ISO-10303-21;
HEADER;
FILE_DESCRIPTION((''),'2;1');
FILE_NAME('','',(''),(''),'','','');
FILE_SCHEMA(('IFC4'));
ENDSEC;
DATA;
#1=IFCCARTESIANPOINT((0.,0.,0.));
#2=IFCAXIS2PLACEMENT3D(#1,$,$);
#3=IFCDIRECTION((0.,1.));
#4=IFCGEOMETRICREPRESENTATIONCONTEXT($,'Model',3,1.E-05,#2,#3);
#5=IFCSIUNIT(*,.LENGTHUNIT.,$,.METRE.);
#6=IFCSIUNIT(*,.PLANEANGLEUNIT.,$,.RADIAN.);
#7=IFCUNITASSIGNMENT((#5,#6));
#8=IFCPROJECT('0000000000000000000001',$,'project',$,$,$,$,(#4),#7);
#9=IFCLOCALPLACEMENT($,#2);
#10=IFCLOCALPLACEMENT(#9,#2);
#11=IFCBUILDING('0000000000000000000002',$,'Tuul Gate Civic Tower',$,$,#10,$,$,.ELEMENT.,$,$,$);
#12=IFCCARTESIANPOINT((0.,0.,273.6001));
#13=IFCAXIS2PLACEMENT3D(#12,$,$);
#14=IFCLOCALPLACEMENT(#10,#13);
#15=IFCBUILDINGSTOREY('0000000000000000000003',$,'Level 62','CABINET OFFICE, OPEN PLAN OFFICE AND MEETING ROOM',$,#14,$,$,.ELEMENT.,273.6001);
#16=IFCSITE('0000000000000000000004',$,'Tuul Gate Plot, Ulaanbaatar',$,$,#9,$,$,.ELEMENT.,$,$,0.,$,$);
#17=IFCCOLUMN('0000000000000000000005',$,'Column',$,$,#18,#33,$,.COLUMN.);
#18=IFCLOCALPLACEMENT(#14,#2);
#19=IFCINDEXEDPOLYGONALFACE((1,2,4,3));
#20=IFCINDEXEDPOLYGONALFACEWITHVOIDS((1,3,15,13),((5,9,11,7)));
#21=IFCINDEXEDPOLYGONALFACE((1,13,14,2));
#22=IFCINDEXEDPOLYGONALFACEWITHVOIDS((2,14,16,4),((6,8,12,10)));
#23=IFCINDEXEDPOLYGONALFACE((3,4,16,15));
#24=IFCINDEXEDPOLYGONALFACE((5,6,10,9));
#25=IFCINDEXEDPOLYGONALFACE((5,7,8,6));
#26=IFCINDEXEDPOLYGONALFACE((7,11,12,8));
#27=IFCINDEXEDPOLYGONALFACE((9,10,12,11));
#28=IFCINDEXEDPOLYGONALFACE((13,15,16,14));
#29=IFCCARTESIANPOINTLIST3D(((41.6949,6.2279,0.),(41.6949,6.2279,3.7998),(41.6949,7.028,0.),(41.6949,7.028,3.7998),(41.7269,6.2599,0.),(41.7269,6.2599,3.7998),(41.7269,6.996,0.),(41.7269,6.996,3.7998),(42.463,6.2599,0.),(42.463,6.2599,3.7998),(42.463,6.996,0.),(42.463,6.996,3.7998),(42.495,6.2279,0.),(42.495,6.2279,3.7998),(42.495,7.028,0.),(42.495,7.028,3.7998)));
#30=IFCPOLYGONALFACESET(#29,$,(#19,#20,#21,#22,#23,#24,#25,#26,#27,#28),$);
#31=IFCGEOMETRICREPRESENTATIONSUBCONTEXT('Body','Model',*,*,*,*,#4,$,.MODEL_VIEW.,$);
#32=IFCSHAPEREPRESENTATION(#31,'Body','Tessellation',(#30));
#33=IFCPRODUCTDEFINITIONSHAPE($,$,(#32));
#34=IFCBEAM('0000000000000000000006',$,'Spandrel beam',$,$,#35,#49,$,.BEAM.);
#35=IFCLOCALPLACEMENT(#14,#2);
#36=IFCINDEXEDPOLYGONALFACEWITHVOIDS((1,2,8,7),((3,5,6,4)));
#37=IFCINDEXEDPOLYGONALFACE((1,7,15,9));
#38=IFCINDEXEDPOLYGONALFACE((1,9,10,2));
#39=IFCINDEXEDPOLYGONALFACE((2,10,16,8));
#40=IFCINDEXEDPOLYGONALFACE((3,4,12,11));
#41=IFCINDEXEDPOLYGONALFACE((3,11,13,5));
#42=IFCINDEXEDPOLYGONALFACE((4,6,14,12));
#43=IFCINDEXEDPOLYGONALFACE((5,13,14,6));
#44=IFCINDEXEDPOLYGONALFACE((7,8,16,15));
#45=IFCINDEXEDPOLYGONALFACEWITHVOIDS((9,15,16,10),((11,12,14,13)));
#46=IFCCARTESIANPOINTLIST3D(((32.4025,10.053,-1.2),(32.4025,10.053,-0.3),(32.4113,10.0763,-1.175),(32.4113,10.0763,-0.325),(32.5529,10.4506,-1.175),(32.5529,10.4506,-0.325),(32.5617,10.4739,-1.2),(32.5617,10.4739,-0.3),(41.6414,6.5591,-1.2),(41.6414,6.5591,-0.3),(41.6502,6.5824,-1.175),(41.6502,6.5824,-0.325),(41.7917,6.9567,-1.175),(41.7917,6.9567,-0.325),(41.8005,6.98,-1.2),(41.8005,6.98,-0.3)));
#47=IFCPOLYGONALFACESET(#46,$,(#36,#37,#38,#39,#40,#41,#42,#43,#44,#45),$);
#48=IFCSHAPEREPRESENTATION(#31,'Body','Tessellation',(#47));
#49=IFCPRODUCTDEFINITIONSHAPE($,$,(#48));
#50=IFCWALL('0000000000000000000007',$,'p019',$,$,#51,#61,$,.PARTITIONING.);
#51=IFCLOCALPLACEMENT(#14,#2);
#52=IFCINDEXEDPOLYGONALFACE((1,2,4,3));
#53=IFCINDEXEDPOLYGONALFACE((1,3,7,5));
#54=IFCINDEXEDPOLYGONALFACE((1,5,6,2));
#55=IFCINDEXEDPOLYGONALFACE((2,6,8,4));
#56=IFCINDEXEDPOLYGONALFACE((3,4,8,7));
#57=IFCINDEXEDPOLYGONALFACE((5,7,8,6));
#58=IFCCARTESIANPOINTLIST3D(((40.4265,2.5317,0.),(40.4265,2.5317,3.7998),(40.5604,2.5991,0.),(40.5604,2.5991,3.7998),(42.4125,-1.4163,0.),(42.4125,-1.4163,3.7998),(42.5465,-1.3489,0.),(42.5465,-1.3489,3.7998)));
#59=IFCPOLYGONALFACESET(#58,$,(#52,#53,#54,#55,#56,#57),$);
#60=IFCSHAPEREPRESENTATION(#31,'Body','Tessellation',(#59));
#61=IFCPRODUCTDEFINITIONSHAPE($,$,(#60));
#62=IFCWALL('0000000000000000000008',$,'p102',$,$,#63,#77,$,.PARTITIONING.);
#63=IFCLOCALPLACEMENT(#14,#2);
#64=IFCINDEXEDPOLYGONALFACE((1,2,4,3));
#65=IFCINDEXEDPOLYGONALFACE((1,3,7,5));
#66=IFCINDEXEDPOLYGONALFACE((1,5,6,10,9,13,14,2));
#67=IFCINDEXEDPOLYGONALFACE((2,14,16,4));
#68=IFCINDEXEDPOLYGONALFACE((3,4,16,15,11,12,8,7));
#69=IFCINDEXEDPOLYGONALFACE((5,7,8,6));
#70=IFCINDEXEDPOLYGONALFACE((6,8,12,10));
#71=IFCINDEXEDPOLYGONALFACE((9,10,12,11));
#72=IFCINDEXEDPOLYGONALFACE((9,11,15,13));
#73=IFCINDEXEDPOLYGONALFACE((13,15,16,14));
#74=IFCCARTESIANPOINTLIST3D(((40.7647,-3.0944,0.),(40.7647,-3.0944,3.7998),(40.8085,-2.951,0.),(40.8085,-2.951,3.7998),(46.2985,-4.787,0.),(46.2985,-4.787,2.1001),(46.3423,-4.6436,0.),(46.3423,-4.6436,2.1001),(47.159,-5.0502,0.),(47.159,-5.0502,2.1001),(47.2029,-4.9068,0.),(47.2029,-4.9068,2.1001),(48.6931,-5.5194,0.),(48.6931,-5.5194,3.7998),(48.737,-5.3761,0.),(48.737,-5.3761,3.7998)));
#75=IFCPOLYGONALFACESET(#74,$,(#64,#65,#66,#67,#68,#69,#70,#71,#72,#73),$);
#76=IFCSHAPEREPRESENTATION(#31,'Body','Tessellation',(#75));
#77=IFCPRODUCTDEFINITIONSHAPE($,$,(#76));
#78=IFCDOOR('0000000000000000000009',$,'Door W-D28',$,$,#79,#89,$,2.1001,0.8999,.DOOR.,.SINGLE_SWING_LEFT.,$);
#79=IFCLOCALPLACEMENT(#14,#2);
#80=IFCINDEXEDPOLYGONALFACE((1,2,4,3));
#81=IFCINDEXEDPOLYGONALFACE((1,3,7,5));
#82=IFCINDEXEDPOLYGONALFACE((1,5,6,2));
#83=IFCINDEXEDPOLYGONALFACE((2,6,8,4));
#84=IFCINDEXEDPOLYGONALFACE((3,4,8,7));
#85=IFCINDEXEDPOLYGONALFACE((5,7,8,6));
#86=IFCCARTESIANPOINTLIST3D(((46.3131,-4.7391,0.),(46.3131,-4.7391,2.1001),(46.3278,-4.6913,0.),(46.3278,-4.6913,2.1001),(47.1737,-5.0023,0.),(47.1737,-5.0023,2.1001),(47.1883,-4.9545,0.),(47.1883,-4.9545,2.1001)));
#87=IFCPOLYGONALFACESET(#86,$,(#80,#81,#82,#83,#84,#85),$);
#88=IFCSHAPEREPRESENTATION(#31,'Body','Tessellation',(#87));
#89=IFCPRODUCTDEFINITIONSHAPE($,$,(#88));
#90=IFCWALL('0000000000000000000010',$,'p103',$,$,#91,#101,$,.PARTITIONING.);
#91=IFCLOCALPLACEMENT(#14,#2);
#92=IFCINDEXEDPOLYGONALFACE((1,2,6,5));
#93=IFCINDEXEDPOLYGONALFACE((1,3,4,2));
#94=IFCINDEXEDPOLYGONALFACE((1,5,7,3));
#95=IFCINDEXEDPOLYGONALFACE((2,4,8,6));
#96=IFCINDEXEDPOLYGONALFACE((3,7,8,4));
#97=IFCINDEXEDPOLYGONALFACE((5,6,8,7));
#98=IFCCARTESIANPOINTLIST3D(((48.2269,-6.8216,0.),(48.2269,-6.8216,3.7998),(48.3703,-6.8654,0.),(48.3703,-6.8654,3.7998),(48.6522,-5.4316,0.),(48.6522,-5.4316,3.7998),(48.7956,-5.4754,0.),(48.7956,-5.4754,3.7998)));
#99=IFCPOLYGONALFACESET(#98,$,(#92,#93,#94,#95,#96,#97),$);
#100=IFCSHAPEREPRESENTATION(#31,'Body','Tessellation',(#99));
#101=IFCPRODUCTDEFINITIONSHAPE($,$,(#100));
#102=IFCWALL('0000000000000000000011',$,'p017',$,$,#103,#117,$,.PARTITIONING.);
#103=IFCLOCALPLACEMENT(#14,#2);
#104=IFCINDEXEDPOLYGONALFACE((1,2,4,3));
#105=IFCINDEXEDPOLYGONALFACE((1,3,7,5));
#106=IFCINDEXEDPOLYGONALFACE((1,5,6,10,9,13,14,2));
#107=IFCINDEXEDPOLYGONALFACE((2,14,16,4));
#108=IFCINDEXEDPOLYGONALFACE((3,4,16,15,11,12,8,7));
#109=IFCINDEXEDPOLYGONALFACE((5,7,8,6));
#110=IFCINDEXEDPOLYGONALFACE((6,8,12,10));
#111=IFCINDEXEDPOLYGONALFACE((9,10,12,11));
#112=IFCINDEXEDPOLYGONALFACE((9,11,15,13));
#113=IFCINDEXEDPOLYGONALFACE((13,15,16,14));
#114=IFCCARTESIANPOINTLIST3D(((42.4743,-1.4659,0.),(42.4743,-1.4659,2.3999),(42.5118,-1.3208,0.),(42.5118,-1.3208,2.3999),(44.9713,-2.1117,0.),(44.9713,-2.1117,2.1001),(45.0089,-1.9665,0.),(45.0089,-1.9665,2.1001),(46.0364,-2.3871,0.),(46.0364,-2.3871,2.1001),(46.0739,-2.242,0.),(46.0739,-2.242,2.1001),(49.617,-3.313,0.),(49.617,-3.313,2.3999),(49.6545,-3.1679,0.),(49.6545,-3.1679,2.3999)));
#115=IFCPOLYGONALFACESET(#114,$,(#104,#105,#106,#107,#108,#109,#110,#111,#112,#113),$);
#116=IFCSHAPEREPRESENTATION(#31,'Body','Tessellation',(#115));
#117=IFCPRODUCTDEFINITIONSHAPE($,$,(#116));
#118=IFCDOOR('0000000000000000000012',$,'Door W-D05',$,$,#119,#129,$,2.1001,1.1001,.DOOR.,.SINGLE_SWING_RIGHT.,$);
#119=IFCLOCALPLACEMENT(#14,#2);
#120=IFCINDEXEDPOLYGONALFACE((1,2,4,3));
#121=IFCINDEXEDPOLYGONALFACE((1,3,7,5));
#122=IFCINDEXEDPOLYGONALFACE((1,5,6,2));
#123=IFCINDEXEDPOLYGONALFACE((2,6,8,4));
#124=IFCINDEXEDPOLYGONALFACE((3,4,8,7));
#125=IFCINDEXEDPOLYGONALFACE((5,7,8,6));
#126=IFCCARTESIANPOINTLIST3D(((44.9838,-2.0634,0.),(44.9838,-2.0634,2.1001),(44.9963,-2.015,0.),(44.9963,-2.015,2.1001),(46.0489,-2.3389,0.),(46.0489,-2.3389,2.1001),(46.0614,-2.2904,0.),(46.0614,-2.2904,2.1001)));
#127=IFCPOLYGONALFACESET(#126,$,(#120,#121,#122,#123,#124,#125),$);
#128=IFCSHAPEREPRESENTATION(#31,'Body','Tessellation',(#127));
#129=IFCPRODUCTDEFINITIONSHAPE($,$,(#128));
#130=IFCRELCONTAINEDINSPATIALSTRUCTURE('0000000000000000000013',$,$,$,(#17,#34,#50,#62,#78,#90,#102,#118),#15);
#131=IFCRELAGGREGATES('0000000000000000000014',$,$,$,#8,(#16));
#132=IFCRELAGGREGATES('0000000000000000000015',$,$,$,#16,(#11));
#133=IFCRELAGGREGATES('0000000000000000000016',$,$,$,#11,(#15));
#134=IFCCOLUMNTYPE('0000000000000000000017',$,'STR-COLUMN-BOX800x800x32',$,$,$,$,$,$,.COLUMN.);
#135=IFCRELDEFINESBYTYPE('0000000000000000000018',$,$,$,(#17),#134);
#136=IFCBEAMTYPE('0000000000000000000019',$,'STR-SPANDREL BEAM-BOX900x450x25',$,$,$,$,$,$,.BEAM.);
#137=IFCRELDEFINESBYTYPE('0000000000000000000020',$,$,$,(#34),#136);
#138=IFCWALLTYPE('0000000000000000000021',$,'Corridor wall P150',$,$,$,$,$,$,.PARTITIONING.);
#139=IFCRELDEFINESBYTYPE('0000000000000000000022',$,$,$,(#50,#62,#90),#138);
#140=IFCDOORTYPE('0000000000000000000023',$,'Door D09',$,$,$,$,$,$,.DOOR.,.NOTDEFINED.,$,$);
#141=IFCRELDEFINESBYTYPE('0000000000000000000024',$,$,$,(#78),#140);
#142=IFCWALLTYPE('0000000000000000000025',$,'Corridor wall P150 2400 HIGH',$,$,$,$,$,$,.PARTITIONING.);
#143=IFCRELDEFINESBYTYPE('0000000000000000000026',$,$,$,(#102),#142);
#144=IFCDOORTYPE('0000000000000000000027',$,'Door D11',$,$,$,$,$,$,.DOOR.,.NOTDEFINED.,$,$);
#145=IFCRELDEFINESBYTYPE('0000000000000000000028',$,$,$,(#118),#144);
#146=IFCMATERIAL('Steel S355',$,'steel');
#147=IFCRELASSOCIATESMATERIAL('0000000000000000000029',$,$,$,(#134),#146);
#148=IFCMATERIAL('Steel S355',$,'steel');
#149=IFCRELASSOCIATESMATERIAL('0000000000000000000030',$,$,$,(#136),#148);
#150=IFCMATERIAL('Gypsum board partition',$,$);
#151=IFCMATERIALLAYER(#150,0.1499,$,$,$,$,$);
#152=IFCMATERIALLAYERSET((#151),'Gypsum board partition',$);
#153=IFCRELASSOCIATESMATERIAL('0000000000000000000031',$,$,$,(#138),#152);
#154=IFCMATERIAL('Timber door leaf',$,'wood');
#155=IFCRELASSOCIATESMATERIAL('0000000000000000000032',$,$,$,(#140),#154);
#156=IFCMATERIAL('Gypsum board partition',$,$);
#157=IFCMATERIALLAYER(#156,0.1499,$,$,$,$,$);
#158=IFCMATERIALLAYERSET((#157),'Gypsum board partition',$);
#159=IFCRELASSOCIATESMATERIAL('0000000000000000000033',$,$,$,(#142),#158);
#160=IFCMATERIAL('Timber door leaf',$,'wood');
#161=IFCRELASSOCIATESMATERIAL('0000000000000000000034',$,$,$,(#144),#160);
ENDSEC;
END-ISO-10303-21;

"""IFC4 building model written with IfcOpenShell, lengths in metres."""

from ifc_helpers import new_model, si_unit, direction, frame, frame_2d, origin, origin_2d, place, context, subcontext, project, spatial, rectangle, hollow_rectangle, extrude, material, layer, layer_set, material_profile, profile_set, type_object, element, fill, save


model = new_model("IFC4")

# Units and contexts
model_context = context("Model", 3, precision=1e-05, world=origin(), true_north=direction((0.0, 1.0)))
body_context = subcontext(model_context, "Body", "Model", "MODEL_VIEW")
ifc_project = project(units=[si_unit("LENGTHUNIT", "METRE"), si_unit("PLANEANGLEUNIT", "RADIAN")], contexts=[model_context])

# Site, building, storey
site_placement = place(None, origin())
site = spatial("IfcSite", under=ifc_project, at=site_placement, Name="Tuul Gate Plot, Ulaanbaatar", CompositionType="ELEMENT", RefElevation=0.0)
building_placement = place(site_placement, origin())
building = spatial("IfcBuilding", under=site, at=building_placement, Name="Tuul Gate Civic Tower", CompositionType="ELEMENT")
storey_placement = place(building_placement, frame((0.0, 0.0, 273.6001)))
storey = spatial("IfcBuildingStorey", under=building, at=storey_placement, Name="Level 62", Description="CABINET OFFICE, OPEN PLAN OFFICE AND MEETING ROOM", CompositionType="ELEMENT", Elevation=273.6001)

# Column
ifc_material_1 = material(Name="Steel S355", Category="steel")
ifc_material_profile_1 = material_profile(ifc_material_1, hollow_rectangle(XDim=0.8, YDim=0.8, WallThickness=0.032, at=origin_2d()), Name="BOX800x800x32")
ifc_profile_set_1 = profile_set([ifc_material_profile_1], Name="Steel S355")
column_type = type_object("IfcColumnType", Name="STR-COLUMN-BOX800x800x32", PredefinedType="COLUMN", material=ifc_profile_set_1)
column_placement = place(storey_placement, frame((42.095, 6.6279, 0.0), z_axis=(0.0, 0.0, 1.0), x_axis=(1.0, 0.0, 0.0)))
element("IfcColumn", 1, at=column_placement, inside=storey, type_object=column_type, Name="Column", PredefinedType="COLUMN", context=body_context, shape_type="SweptSolid", body=[
    extrude(hollow_rectangle(XDim=0.8, YDim=0.8, WallThickness=0.032, at=origin_2d()), origin(), (0.0, 0.0, 1.0), 3.7998),
])

# Beam
ifc_material_2 = material(Name="Steel S355", Category="steel")
ifc_material_profile_2 = material_profile(ifc_material_2, hollow_rectangle(XDim=0.45, YDim=0.8999, WallThickness=0.0249, at=origin_2d()), Name="BOX900x450x25")
ifc_profile_set_2 = profile_set([ifc_material_profile_2], Name="Steel S355")
beam_type = type_object("IfcBeamType", Name="STR-SPANDREL BEAM-BOX900x450x25", PredefinedType="BEAM", material=ifc_profile_set_2)
beam_placement = place(storey_placement, frame((41.7209, 6.7695, -0.75), z_axis=(-0.935348, 0.353728, 0.0), x_axis=(-0.353728, -0.935348, 0.0)))
element("IfcBeam", 2, at=beam_placement, inside=storey, type_object=beam_type, Name="Spandrel beam", PredefinedType="BEAM", context=body_context, shape_type="SweptSolid", body=[
    extrude(hollow_rectangle(XDim=0.45, YDim=0.8999, WallThickness=0.0249, at=origin_2d()), origin(), (0.0, 0.0, 1.0), 9.8774),
])

# Wall
ifc_material_3 = material(Name="Gypsum board partition")
ifc_layer_1 = layer(ifc_material_3, 0.1499)
ifc_layer_set_1 = layer_set([ifc_layer_1], Name="Gypsum board partition")
wall_type_1 = type_object("IfcWallType", Name="Corridor wall P150", PredefinedType="PARTITIONING", material=ifc_layer_set_1)
wall_1_placement = place(storey_placement, frame((40.4934, 2.5654, 0.0), z_axis=(0.0, 0.0, 1.0), x_axis=(0.4494, -0.893331, 0.0)))
element("IfcWall", 3, at=wall_1_placement, inside=storey, type_object=wall_type_1, Name="p019", PredefinedType="PARTITIONING", context=body_context, shape_type="SweptSolid", body=[
    extrude(rectangle(XDim=4.4194, YDim=0.1499, at=frame_2d((2.2097, 0.0))), origin(), (0.0, 0.0, 1.0), 3.7998),
])

# Wall, opening, door
wall_2_placement = place(storey_placement, frame((40.7866, -3.0227, 0.0), z_axis=(0.0, 0.0, 1.0), x_axis=(0.956269, -0.29249, 0.0)))
wall_2 = element("IfcWall", 4, at=wall_2_placement, inside=storey, type_object=wall_type_1, Name="p102", PredefinedType="PARTITIONING", context=body_context, shape_type="SweptSolid", body=[
    extrude(rectangle(XDim=8.291, YDim=0.1499, at=frame_2d((4.1455, 0.0))), origin(), (0.0, 0.0, 1.0), 3.7998),
])
opening_1_placement = place(wall_2_placement, frame((5.7869, 0.0, 0.0)))
opening_1 = element("IfcOpeningElement", 5, at=opening_1_placement, cuts=wall_2, PredefinedType="OPENING", context=body_context, shape_type="SweptSolid", body=[
    extrude(rectangle(XDim=0.8999, YDim=2.1001, at=frame_2d((0.45, 1.05))), frame((0.0, 0.085, 0.0), z_axis=(0.0, -1.0, 0.0), x_axis=(1.0, 0.0, 0.0)), (0.0, 0.0, 1.0), 0.1699),
])
ifc_material_4 = material(Name="Timber door leaf", Category="wood")
door_type_1 = type_object("IfcDoorType", Name="Door D09", OperationType="NOTDEFINED", PredefinedType="DOOR", material=ifc_material_4)
door_1_placement = place(opening_1_placement, frame((0.8999, 0.0, 0.0), z_axis=(0.0, 0.0, 1.0), x_axis=(-1.0, 0.0, 0.0)))
door_1 = element("IfcDoor", 6, at=door_1_placement, inside=storey, type_object=door_type_1, Name="Door W-D28", OperationType="SINGLE_SWING_LEFT", OverallHeight=2.1001, OverallWidth=0.8999, PredefinedType="DOOR", context=body_context, shape_type="SweptSolid", body=[
    extrude(rectangle(XDim=0.8999, YDim=2.1001, at=frame_2d((0.45, 1.05))), frame((0.0, 0.0249, 0.0), z_axis=(0.0, -1.0, 0.0), x_axis=(1.0, 0.0, 0.0)), (0.0, 0.0, 1.0), 0.05),
])
fill(opening_1, door_1)

# Wall
wall_3_placement = place(storey_placement, frame((48.2986, -6.8435, 0.0), z_axis=(0.0, 0.0, 1.0), x_axis=(0.292598, 0.956235, 0.0)))
element("IfcWall", 7, at=wall_3_placement, inside=storey, type_object=wall_type_1, Name="p103", PredefinedType="PARTITIONING", context=body_context, shape_type="SweptSolid", body=[
    extrude(rectangle(XDim=1.4536, YDim=0.1499, at=frame_2d((0.7268, 0.0))), origin(), (0.0, 0.0, 1.0), 3.7998),
])

# Wall, opening, door
ifc_material_5 = material(Name="Gypsum board partition")
ifc_layer_2 = layer(ifc_material_5, 0.1499)
ifc_layer_set_2 = layer_set([ifc_layer_2], Name="Gypsum board partition")
wall_type_2 = type_object("IfcWallType", Name="Corridor wall P150 2400 HIGH", PredefinedType="PARTITIONING", material=ifc_layer_set_2)
wall_4_placement = place(storey_placement, frame((42.4929, -1.3933, 0.0), z_axis=(0.0, 0.0, 1.0), x_axis=(0.968151, -0.250368, 0.0)))
wall_4 = element("IfcWall", 8, at=wall_4_placement, inside=storey, type_object=wall_type_2, Name="p017", PredefinedType="PARTITIONING", context=body_context, shape_type="SweptSolid", body=[
    extrude(rectangle(XDim=7.3777, YDim=0.1499, at=frame_2d((3.689, 0.0))), origin(), (0.0, 0.0, 1.0), 2.3999),
])
opening_2_placement = place(wall_4_placement, frame((2.5793, 0.0, 0.0)))
opening_2 = element("IfcOpeningElement", 9, at=opening_2_placement, cuts=wall_4, PredefinedType="OPENING", context=body_context, shape_type="SweptSolid", body=[
    extrude(rectangle(XDim=1.1001, YDim=2.1001, at=frame_2d((0.55, 1.05))), frame((0.0, 0.085, 0.0), z_axis=(0.0, -1.0, 0.0), x_axis=(1.0, 0.0, 0.0)), (0.0, 0.0, 1.0), 0.1699),
])
ifc_material_6 = material(Name="Timber door leaf", Category="wood")
door_type_2 = type_object("IfcDoorType", Name="Door D11", OperationType="NOTDEFINED", PredefinedType="DOOR", material=ifc_material_6)
door_2_placement = place(opening_2_placement, origin())
door_2 = element("IfcDoor", 10, at=door_2_placement, inside=storey, type_object=door_type_2, Name="Door W-D05", OperationType="SINGLE_SWING_RIGHT", OverallHeight=2.1001, OverallWidth=1.1001, PredefinedType="DOOR", context=body_context, shape_type="SweptSolid", body=[
    extrude(rectangle(XDim=1.1001, YDim=2.1001, at=frame_2d((0.55, 1.05))), frame((0.0, 0.0249, 0.0), z_axis=(0.0, -1.0, 0.0), x_axis=(1.0, 0.0, 0.0)), (0.0, 0.0, 1.0), 0.05),
])
fill(opening_2, door_2)

save(model, "model.ifc")
